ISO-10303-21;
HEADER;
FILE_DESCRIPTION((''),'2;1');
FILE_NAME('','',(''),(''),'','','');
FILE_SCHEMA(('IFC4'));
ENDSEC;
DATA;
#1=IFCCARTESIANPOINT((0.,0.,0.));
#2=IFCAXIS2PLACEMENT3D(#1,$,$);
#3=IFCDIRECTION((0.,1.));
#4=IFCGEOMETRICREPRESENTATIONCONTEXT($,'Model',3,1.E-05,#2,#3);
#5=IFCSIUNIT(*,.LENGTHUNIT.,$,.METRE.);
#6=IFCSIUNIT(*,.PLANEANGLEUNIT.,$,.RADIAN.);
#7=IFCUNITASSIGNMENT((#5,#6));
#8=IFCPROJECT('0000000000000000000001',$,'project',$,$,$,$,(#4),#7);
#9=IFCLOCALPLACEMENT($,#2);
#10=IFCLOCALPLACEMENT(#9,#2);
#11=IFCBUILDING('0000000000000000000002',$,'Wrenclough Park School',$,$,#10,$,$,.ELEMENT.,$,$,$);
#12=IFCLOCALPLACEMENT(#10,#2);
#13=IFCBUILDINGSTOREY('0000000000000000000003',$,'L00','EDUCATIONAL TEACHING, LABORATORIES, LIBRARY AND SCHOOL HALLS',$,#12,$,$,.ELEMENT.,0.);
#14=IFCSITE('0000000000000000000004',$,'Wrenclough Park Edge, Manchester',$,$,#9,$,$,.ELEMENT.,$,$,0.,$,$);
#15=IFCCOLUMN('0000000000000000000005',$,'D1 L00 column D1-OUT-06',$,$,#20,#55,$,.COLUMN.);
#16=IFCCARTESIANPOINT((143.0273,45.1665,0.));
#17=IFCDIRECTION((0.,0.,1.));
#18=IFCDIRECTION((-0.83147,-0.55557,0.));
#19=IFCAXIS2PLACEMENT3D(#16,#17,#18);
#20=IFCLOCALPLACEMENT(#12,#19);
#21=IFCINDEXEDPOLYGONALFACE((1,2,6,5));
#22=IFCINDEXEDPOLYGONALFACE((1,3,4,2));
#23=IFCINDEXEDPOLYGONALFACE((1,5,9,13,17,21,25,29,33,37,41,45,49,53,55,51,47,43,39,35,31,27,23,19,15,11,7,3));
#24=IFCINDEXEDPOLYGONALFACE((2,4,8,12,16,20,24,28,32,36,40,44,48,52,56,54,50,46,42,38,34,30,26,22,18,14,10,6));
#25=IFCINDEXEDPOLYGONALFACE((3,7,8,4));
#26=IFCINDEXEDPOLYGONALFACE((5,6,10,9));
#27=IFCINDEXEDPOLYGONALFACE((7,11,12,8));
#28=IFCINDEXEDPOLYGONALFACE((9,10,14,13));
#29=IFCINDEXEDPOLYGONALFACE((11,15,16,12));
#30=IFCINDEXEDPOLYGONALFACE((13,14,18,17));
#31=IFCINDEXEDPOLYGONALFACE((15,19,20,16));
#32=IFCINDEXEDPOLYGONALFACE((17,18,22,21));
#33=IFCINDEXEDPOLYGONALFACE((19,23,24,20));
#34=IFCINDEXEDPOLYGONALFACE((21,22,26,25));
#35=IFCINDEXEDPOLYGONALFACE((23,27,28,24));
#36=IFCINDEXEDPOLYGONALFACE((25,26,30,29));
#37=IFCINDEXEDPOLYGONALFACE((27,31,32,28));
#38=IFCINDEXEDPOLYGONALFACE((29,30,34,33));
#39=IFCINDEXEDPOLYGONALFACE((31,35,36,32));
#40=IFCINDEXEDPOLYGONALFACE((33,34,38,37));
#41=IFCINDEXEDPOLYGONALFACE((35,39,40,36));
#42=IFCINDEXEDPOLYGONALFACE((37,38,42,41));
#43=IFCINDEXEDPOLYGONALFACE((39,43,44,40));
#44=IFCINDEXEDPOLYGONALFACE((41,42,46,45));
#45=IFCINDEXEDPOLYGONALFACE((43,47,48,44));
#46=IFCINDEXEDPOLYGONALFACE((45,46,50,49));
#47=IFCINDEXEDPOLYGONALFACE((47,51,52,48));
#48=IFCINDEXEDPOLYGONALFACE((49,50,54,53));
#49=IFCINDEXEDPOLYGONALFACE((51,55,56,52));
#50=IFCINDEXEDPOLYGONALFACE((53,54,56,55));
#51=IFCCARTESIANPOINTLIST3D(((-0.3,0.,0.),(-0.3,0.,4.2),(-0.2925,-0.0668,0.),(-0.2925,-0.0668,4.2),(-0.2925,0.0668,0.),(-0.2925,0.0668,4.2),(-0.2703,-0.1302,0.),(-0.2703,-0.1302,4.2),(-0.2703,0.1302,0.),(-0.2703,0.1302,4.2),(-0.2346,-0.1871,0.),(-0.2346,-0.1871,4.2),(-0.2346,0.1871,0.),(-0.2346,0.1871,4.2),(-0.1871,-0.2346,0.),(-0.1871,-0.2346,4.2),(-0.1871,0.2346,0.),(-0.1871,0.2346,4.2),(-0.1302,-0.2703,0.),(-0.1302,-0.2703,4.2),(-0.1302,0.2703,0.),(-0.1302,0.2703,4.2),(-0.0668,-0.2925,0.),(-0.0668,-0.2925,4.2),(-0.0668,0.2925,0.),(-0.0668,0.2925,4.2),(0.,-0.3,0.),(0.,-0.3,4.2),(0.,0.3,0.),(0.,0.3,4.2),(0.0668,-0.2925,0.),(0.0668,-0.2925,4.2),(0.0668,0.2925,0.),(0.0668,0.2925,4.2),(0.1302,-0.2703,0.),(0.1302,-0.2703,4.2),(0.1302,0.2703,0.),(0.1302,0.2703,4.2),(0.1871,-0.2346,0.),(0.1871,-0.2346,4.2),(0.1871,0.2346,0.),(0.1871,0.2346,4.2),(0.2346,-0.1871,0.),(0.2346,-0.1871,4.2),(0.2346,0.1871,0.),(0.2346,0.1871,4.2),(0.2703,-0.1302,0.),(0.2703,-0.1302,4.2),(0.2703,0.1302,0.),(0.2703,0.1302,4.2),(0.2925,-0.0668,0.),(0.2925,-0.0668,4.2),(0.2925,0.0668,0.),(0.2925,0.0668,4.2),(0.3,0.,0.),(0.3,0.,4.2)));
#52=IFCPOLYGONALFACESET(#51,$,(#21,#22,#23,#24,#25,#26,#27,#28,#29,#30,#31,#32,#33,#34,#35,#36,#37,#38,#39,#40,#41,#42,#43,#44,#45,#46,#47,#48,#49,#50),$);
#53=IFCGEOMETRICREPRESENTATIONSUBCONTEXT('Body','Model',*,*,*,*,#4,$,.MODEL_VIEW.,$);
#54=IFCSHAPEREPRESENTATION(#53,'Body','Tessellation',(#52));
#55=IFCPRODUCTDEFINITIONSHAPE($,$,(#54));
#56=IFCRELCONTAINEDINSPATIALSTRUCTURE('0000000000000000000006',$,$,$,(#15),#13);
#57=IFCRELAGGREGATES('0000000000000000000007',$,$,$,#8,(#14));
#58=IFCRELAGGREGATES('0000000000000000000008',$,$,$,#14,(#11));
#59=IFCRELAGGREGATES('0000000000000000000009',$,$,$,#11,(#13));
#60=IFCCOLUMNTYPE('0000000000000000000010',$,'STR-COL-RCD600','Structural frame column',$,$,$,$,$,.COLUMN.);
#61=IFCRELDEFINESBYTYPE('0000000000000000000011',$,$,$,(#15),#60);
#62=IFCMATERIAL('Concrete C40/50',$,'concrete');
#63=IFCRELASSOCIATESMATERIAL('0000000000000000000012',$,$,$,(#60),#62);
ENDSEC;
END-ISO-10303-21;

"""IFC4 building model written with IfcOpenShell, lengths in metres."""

from ifc_helpers import new_model, si_unit, direction, frame, origin, origin_2d, place, context, subcontext, project, spatial, circle, extrude, material, material_profile, profile_set, type_object, element, save


model = new_model("IFC4")

# Units and contexts
model_context = context("Model", 3, precision=1e-05, world=origin(), true_north=direction((0.0, 1.0)))
body_context = subcontext(model_context, "Body", "Model", "MODEL_VIEW")
ifc_project = project(units=[si_unit("LENGTHUNIT", "METRE"), si_unit("PLANEANGLEUNIT", "RADIAN")], contexts=[model_context])

# Site, building, storey
site_placement = place(None, origin())
site = spatial("IfcSite", under=ifc_project, at=site_placement, Name="Wrenclough Park Edge, Manchester", CompositionType="ELEMENT", RefElevation=0.0)
building_placement = place(site_placement, origin())
building = spatial("IfcBuilding", under=site, at=building_placement, Name="Wrenclough Park School", CompositionType="ELEMENT")
storey_placement = place(building_placement, origin())
storey = spatial("IfcBuildingStorey", under=building, at=storey_placement, Name="L00", Description="EDUCATIONAL TEACHING, LABORATORIES, LIBRARY AND SCHOOL HALLS", CompositionType="ELEMENT", Elevation=0.0)

# Column
ifc_material_1 = material(Name="Concrete C40/50", Category="concrete")
ifc_material_profile_1 = material_profile(ifc_material_1, circle(Radius=0.3, at=origin_2d()), Name="RC COL D600")
ifc_profile_set_1 = profile_set([ifc_material_profile_1], Name="Concrete C40/50")
column_type_1 = type_object("IfcColumnType", Name="STR-COL-RCD600", Description="Structural frame column", PredefinedType="COLUMN", material=ifc_profile_set_1)
column_1_placement = place(storey_placement, frame((143.0273, 45.1665, 0.0), z_axis=(0.0, 0.0, 1.0), x_axis=(-0.83147, -0.55557, 0.0)))
element("IfcColumn", 1, at=column_1_placement, inside=storey, type_object=column_type_1, Name="D1 L00 column D1-OUT-06", PredefinedType="COLUMN", context=body_context, shape_type="SweptSolid", body=[
    extrude(circle(Radius=0.3, at=origin_2d()), origin(), (0.0, 0.0, 1.0), 4.2),
])

save(model, "model.ifc")
